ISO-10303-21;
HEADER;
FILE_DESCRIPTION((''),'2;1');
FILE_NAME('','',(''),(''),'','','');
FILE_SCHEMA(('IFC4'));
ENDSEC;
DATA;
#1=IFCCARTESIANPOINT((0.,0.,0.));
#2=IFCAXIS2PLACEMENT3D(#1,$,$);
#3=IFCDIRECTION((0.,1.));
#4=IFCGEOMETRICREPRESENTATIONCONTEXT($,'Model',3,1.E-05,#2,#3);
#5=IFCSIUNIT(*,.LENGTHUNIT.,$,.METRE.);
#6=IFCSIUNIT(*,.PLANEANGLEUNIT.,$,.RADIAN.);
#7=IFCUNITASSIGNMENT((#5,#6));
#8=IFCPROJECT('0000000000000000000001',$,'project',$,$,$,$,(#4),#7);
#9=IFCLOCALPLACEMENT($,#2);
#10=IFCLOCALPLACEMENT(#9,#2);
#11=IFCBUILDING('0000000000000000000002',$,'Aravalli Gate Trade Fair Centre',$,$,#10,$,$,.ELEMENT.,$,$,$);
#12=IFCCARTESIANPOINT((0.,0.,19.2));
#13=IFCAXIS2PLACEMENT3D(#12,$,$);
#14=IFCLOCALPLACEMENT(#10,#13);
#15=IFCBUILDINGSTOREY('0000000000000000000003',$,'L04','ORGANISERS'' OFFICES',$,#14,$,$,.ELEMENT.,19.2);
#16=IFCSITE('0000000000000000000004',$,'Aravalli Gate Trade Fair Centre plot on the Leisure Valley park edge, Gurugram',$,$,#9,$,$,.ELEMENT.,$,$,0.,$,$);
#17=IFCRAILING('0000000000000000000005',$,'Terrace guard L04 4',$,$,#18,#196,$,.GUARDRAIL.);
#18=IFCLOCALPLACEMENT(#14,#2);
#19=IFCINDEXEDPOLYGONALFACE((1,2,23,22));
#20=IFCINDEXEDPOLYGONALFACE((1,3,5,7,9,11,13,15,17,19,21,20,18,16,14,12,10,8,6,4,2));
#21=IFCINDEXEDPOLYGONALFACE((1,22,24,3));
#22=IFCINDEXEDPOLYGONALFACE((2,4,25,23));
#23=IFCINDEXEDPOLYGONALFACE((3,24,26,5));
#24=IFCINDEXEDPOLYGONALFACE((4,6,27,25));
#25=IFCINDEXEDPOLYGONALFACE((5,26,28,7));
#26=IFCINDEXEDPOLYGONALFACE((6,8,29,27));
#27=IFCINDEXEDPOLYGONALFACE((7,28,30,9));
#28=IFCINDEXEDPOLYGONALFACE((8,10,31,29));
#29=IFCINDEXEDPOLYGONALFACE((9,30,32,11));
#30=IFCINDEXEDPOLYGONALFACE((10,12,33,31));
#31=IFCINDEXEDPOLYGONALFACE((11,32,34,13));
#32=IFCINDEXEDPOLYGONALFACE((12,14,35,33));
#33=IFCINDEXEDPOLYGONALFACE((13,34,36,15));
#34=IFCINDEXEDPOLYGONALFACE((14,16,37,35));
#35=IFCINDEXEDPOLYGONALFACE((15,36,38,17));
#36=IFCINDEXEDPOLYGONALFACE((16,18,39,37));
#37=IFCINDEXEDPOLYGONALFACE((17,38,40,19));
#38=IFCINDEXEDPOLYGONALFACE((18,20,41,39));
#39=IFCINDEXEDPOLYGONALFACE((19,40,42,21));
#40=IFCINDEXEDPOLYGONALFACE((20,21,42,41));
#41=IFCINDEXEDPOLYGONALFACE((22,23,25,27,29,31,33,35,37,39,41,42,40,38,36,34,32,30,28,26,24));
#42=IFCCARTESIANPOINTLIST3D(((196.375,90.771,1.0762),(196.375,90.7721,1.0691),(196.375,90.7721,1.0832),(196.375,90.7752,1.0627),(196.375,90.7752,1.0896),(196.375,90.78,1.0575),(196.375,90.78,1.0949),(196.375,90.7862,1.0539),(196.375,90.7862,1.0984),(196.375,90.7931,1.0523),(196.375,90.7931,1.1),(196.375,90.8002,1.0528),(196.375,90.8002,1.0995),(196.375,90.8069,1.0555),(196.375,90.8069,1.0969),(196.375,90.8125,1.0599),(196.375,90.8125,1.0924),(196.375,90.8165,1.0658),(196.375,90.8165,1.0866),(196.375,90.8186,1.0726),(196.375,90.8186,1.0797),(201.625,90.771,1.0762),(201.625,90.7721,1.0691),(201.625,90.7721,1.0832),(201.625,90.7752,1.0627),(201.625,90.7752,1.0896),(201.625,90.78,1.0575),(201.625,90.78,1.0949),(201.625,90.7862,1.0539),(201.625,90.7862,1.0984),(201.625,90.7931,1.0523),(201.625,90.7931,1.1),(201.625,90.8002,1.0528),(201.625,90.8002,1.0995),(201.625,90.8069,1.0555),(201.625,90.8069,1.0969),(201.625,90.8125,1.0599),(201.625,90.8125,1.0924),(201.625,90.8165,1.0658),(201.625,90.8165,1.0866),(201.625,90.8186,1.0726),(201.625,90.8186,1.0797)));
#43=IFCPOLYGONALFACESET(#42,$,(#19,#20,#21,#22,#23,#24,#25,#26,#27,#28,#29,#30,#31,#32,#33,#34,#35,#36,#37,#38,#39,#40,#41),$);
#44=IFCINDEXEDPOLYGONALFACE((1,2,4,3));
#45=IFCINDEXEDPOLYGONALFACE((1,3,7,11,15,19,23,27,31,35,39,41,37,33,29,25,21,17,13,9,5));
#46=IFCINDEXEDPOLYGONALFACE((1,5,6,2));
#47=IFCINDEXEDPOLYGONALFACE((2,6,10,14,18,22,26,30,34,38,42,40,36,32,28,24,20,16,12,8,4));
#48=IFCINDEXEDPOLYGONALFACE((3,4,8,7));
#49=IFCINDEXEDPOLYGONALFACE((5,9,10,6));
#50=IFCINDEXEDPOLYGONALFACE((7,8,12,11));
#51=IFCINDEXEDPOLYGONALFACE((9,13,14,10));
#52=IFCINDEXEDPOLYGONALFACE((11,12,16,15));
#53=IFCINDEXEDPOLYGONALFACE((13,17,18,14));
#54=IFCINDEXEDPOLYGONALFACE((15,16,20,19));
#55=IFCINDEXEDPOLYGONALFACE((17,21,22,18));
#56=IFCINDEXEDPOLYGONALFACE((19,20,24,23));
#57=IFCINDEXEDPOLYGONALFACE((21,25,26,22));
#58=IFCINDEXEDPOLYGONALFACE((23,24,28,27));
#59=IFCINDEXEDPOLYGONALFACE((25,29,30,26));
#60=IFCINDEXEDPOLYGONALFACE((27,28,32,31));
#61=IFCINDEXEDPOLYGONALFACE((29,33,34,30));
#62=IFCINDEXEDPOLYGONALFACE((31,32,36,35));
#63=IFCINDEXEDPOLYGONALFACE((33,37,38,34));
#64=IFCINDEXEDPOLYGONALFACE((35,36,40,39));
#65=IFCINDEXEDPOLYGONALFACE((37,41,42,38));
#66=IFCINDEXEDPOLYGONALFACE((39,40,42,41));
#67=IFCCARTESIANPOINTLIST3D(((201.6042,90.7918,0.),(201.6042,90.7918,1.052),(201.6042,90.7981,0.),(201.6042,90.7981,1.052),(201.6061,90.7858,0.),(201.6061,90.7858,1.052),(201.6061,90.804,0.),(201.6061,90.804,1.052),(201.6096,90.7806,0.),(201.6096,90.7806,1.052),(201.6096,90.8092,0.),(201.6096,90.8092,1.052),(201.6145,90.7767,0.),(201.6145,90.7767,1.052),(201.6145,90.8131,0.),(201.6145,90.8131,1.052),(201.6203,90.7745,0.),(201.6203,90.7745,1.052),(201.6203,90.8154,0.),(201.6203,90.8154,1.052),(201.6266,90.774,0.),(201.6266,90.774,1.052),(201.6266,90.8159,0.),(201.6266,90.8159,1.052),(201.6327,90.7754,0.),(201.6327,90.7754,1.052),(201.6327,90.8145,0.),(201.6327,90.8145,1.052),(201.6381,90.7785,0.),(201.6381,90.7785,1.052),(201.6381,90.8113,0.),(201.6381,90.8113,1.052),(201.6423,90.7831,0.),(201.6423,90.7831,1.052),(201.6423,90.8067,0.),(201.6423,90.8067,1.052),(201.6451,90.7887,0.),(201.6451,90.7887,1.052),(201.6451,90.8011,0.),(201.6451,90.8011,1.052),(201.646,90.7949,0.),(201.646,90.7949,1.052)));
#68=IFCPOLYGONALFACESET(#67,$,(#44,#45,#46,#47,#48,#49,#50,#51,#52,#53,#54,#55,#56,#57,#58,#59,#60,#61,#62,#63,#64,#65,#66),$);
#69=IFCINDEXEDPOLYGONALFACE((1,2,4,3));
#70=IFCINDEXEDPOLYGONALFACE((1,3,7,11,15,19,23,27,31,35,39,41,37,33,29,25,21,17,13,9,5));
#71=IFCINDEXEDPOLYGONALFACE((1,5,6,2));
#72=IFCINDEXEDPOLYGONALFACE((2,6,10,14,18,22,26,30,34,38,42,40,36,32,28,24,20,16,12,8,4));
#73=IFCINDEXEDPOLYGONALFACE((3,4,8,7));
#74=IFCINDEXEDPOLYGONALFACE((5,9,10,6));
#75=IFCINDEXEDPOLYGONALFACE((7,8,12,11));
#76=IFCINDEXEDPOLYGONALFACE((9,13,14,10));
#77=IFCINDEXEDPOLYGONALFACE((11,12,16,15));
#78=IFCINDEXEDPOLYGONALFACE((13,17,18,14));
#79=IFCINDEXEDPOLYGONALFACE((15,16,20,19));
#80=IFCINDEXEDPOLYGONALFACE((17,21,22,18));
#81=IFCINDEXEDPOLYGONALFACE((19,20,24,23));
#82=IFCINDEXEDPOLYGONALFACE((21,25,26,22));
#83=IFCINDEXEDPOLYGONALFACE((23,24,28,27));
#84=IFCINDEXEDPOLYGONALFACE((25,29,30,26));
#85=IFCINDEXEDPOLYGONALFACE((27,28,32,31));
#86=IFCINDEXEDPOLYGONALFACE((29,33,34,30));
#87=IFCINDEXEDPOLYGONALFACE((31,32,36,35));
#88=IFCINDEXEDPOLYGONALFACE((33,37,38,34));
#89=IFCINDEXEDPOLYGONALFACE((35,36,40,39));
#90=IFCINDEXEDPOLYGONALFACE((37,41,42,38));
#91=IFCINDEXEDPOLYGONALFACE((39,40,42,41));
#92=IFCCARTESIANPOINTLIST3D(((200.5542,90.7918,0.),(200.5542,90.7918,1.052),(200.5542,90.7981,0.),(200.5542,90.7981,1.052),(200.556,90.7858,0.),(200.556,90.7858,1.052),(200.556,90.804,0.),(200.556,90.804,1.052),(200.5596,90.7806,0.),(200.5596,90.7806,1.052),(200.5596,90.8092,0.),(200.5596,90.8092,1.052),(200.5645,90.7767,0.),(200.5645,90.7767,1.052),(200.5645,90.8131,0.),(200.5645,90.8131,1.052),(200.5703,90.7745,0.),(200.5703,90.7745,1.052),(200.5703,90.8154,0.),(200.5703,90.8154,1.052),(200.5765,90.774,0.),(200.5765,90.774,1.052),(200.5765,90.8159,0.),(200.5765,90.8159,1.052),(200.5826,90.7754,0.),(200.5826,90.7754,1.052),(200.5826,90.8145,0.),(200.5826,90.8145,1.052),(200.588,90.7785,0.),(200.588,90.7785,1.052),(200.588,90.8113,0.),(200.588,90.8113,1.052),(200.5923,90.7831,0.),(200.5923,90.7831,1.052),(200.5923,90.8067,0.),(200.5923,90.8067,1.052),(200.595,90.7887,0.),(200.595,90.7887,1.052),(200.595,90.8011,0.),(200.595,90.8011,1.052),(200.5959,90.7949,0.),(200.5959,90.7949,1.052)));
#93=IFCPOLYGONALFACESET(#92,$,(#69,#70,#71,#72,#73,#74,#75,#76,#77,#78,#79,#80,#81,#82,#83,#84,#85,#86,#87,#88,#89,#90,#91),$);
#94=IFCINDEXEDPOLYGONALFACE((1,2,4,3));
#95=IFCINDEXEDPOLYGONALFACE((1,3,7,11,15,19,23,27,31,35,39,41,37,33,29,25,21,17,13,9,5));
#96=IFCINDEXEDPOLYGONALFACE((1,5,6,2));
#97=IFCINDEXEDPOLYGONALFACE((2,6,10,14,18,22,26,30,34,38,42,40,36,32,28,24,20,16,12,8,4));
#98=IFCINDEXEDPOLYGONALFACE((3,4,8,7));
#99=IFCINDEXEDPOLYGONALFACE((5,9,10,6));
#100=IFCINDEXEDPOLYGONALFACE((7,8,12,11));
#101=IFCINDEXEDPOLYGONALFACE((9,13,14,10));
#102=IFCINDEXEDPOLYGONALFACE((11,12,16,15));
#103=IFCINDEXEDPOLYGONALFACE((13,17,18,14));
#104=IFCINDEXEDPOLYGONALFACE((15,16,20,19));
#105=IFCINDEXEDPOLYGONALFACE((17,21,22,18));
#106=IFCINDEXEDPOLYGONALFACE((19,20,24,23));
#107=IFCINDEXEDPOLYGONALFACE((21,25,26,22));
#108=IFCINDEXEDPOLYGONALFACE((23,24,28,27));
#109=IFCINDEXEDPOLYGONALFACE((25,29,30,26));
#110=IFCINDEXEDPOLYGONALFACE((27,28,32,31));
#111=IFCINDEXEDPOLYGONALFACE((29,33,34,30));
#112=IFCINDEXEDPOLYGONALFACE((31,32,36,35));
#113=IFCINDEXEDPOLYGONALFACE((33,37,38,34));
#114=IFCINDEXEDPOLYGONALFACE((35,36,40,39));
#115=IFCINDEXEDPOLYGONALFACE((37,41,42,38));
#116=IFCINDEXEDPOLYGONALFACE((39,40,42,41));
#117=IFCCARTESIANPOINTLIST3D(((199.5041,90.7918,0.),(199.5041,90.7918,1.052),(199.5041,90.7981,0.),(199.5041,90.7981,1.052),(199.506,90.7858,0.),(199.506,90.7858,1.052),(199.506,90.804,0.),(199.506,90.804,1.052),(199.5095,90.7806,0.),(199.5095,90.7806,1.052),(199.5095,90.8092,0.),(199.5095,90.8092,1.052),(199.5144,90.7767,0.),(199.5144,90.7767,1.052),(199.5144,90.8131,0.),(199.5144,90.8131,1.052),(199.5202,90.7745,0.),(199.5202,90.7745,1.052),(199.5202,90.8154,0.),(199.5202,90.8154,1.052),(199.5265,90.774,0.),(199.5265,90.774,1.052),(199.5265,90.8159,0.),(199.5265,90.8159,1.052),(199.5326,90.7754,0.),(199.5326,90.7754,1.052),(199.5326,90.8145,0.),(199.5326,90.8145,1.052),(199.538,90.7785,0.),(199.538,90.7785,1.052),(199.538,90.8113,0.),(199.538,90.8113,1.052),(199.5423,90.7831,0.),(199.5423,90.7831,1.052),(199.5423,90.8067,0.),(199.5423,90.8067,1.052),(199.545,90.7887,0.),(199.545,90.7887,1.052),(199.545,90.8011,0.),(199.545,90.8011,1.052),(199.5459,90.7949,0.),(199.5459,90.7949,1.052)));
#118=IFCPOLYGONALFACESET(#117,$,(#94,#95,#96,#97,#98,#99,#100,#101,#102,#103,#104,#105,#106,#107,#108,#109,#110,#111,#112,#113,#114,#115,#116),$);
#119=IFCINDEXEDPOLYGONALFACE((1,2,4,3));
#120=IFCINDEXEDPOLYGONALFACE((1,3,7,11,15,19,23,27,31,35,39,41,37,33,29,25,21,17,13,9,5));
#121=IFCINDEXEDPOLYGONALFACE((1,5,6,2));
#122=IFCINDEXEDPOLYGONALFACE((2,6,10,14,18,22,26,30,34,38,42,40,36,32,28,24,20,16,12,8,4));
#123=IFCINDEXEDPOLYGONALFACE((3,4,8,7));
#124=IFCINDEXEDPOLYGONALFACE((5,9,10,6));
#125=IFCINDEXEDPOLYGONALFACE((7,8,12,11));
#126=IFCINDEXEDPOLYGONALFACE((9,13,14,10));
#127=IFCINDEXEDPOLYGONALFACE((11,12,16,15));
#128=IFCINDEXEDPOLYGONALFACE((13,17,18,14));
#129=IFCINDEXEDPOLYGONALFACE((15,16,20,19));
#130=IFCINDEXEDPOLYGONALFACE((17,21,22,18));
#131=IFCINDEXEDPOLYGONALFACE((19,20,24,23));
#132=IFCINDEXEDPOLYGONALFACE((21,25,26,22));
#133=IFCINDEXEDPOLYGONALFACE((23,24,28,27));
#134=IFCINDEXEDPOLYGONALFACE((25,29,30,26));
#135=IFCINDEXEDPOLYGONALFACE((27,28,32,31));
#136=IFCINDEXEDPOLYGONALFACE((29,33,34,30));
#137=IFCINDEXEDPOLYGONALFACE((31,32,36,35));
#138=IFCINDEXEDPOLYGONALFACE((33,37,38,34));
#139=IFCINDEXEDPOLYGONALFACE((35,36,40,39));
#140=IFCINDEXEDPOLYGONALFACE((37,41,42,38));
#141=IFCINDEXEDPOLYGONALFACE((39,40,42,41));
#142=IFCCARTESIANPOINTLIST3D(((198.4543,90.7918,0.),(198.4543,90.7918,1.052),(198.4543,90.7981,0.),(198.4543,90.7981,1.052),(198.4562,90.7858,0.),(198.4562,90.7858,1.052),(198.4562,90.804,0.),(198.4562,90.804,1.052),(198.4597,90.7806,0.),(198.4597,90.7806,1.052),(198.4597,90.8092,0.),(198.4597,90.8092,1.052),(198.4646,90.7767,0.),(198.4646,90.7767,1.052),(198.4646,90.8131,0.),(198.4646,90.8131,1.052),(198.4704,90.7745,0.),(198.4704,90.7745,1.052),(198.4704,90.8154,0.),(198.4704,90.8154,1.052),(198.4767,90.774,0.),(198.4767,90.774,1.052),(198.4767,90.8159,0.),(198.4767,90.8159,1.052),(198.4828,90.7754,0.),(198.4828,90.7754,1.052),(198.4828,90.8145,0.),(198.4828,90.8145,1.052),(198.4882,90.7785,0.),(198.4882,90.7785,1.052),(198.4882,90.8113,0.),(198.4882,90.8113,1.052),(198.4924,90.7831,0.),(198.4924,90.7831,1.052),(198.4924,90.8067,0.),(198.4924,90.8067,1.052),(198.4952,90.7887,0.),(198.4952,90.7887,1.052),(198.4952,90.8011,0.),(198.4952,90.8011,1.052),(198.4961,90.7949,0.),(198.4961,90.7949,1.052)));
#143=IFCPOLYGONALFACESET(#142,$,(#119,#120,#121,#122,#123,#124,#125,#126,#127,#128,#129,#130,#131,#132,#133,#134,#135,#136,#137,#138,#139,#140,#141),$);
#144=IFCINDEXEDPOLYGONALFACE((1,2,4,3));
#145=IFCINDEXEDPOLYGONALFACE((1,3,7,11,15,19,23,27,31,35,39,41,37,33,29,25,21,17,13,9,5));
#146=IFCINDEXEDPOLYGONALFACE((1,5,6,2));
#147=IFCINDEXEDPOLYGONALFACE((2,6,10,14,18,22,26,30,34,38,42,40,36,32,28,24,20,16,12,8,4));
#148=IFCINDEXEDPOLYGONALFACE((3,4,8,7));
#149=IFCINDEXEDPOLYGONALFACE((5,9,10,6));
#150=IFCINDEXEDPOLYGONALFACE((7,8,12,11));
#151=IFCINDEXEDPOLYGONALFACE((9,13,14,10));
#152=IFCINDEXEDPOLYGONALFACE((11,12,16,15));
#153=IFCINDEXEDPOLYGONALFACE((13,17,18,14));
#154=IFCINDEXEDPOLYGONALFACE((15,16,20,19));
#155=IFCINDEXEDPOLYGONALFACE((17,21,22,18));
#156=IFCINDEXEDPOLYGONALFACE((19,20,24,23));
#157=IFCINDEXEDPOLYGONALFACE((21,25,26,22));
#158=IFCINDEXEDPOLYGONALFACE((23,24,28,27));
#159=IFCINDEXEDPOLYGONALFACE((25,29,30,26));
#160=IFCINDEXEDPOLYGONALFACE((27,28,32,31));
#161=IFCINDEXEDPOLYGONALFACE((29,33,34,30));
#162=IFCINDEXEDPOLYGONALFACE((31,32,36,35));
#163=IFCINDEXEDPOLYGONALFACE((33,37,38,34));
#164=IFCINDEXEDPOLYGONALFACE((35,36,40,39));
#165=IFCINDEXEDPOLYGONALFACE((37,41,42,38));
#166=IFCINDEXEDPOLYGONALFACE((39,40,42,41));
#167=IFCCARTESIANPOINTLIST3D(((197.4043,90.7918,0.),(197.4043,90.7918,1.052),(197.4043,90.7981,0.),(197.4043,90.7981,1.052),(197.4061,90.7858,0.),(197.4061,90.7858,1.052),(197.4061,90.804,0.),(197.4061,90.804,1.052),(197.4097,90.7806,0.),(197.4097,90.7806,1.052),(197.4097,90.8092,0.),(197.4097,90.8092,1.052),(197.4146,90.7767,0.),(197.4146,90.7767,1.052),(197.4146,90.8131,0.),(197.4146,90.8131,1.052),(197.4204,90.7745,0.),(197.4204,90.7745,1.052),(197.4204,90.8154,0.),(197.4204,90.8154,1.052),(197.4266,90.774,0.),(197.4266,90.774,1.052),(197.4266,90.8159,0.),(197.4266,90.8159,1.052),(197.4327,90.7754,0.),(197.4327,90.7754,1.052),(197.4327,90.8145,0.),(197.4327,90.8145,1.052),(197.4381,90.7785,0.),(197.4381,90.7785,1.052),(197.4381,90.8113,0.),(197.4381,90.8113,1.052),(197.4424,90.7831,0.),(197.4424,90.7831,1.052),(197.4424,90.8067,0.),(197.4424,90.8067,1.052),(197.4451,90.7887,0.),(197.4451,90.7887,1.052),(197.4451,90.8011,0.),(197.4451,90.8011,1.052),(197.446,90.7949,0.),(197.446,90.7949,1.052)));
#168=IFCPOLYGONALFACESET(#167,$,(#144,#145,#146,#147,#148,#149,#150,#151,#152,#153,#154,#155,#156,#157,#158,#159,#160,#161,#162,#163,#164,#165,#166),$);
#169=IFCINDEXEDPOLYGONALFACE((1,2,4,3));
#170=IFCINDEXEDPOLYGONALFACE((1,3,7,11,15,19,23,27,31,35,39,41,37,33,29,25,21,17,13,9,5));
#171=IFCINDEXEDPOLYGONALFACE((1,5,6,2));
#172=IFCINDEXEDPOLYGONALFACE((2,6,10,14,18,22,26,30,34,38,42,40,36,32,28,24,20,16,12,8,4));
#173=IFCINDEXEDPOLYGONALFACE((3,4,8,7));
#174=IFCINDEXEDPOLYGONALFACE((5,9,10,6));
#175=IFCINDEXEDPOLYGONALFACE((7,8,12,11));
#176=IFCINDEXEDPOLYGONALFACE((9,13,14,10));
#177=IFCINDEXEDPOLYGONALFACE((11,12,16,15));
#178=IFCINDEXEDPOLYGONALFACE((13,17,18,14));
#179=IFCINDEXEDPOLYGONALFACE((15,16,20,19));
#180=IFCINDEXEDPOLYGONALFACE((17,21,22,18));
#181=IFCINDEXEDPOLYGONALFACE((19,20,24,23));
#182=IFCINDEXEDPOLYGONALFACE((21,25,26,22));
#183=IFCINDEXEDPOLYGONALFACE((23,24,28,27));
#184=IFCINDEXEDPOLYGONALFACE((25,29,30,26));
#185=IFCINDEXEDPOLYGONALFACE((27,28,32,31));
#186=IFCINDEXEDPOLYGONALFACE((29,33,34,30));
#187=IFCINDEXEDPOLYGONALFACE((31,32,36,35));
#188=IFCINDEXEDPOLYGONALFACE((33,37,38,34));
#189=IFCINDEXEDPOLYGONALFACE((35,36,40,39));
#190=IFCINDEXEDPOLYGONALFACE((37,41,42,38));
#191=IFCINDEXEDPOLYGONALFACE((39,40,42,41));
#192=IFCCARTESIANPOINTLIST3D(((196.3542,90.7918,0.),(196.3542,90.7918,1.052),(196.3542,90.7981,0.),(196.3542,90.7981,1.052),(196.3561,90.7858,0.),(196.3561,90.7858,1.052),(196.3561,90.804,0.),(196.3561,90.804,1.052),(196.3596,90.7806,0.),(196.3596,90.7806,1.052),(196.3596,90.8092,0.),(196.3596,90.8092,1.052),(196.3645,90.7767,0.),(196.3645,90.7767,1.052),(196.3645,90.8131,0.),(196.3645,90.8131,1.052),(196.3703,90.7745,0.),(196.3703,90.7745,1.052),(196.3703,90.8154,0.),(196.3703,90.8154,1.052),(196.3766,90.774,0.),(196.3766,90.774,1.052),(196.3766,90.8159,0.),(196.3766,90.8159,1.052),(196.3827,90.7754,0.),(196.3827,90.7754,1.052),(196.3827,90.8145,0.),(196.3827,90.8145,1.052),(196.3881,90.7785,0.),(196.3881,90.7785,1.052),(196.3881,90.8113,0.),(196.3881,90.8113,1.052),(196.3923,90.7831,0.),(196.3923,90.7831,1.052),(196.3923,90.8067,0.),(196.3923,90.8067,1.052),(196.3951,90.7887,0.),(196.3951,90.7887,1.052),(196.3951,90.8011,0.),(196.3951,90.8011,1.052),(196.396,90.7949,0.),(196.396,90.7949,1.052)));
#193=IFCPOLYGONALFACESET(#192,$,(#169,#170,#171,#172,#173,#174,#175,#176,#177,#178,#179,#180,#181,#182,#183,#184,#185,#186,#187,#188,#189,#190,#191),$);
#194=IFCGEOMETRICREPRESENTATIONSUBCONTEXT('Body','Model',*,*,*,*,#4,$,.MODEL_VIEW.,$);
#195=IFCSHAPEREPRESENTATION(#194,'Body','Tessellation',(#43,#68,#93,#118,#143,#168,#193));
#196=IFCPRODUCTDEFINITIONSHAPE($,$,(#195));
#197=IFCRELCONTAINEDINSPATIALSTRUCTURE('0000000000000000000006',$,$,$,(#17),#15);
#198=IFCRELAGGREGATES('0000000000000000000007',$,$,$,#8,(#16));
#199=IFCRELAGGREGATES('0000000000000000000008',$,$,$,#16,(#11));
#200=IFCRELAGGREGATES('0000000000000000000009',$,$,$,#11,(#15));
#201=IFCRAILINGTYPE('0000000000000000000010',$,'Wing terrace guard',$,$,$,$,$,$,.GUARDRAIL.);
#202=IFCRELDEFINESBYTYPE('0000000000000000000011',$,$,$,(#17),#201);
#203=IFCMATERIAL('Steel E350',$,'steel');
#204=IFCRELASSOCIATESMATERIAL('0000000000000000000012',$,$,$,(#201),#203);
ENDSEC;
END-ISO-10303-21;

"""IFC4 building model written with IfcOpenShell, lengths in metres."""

from ifc_helpers import new_model, si_unit, direction, frame, origin, origin_2d, place, context, subcontext, project, spatial, circle, extrude, material, type_object, element, save


model = new_model("IFC4")

# Units and contexts
model_context = context("Model", 3, precision=1e-05, world=origin(), true_north=direction((0.0, 1.0)))
body_context = subcontext(model_context, "Body", "Model", "MODEL_VIEW")
ifc_project = project(units=[si_unit("LENGTHUNIT", "METRE"), si_unit("PLANEANGLEUNIT", "RADIAN")], contexts=[model_context])

# Site, building, storey
site_placement = place(None, origin())
site = spatial("IfcSite", under=ifc_project, at=site_placement, Name="Aravalli Gate Trade Fair Centre plot on the Leisure Valley park edge, Gurugram", CompositionType="ELEMENT", RefElevation=0.0)
building_placement = place(site_placement, origin())
building = spatial("IfcBuilding", under=site, at=building_placement, Name="Aravalli Gate Trade Fair Centre", CompositionType="ELEMENT")
storey_placement = place(building_placement, frame((0.0, 0.0, 19.2)))
storey = spatial("IfcBuildingStorey", under=building, at=storey_placement, Name="L04", Description="ORGANISERS' OFFICES", CompositionType="ELEMENT", Elevation=19.2)

# Railing
ifc_material_1 = material(Name="Steel E350", Category="steel")
railing_type = type_object("IfcRailingType", Name="Wing terrace guard", PredefinedType="GUARDRAIL", material=ifc_material_1)
railing_1_placement = place(storey_placement, frame((201.625, 90.7949, 0.0)))
element("IfcRailing", 1, at=railing_1_placement, inside=storey, type_object=railing_type, Name="Terrace guard L04 4", PredefinedType="GUARDRAIL", context=body_context, shape_type="SweptSolid", body=[
    extrude(circle(Radius=0.0239, at=origin_2d()), frame((0.0, 0.0, 1.0762), z_axis=(-1.0, 0.0, 0.0), x_axis=(0.0, -1.0, 0.0)), (0.0, 0.0, 1.0), 5.25),
    extrude(circle(Radius=0.021, at=origin_2d()), origin(), (0.0, 0.0, 1.0), 1.052),
    extrude(circle(Radius=0.021, at=origin_2d()), frame((-1.05, 0.0, 0.0)), (0.0, 0.0, 1.0), 1.052),
    extrude(circle(Radius=0.021, at=origin_2d()), frame((-2.1001, 0.0, 0.0)), (0.0, 0.0, 1.0), 1.052),
    extrude(circle(Radius=0.021, at=origin_2d()), frame((-3.1499, 0.0, 0.0)), (0.0, 0.0, 1.0), 1.052),
    extrude(circle(Radius=0.021, at=origin_2d()), frame((-4.2, 0.0, 0.0)), (0.0, 0.0, 1.0), 1.052),
    extrude(circle(Radius=0.021, at=origin_2d()), frame((-5.25, 0.0, 0.0)), (0.0, 0.0, 1.0), 1.052),
])

save(model, "model.ifc")
